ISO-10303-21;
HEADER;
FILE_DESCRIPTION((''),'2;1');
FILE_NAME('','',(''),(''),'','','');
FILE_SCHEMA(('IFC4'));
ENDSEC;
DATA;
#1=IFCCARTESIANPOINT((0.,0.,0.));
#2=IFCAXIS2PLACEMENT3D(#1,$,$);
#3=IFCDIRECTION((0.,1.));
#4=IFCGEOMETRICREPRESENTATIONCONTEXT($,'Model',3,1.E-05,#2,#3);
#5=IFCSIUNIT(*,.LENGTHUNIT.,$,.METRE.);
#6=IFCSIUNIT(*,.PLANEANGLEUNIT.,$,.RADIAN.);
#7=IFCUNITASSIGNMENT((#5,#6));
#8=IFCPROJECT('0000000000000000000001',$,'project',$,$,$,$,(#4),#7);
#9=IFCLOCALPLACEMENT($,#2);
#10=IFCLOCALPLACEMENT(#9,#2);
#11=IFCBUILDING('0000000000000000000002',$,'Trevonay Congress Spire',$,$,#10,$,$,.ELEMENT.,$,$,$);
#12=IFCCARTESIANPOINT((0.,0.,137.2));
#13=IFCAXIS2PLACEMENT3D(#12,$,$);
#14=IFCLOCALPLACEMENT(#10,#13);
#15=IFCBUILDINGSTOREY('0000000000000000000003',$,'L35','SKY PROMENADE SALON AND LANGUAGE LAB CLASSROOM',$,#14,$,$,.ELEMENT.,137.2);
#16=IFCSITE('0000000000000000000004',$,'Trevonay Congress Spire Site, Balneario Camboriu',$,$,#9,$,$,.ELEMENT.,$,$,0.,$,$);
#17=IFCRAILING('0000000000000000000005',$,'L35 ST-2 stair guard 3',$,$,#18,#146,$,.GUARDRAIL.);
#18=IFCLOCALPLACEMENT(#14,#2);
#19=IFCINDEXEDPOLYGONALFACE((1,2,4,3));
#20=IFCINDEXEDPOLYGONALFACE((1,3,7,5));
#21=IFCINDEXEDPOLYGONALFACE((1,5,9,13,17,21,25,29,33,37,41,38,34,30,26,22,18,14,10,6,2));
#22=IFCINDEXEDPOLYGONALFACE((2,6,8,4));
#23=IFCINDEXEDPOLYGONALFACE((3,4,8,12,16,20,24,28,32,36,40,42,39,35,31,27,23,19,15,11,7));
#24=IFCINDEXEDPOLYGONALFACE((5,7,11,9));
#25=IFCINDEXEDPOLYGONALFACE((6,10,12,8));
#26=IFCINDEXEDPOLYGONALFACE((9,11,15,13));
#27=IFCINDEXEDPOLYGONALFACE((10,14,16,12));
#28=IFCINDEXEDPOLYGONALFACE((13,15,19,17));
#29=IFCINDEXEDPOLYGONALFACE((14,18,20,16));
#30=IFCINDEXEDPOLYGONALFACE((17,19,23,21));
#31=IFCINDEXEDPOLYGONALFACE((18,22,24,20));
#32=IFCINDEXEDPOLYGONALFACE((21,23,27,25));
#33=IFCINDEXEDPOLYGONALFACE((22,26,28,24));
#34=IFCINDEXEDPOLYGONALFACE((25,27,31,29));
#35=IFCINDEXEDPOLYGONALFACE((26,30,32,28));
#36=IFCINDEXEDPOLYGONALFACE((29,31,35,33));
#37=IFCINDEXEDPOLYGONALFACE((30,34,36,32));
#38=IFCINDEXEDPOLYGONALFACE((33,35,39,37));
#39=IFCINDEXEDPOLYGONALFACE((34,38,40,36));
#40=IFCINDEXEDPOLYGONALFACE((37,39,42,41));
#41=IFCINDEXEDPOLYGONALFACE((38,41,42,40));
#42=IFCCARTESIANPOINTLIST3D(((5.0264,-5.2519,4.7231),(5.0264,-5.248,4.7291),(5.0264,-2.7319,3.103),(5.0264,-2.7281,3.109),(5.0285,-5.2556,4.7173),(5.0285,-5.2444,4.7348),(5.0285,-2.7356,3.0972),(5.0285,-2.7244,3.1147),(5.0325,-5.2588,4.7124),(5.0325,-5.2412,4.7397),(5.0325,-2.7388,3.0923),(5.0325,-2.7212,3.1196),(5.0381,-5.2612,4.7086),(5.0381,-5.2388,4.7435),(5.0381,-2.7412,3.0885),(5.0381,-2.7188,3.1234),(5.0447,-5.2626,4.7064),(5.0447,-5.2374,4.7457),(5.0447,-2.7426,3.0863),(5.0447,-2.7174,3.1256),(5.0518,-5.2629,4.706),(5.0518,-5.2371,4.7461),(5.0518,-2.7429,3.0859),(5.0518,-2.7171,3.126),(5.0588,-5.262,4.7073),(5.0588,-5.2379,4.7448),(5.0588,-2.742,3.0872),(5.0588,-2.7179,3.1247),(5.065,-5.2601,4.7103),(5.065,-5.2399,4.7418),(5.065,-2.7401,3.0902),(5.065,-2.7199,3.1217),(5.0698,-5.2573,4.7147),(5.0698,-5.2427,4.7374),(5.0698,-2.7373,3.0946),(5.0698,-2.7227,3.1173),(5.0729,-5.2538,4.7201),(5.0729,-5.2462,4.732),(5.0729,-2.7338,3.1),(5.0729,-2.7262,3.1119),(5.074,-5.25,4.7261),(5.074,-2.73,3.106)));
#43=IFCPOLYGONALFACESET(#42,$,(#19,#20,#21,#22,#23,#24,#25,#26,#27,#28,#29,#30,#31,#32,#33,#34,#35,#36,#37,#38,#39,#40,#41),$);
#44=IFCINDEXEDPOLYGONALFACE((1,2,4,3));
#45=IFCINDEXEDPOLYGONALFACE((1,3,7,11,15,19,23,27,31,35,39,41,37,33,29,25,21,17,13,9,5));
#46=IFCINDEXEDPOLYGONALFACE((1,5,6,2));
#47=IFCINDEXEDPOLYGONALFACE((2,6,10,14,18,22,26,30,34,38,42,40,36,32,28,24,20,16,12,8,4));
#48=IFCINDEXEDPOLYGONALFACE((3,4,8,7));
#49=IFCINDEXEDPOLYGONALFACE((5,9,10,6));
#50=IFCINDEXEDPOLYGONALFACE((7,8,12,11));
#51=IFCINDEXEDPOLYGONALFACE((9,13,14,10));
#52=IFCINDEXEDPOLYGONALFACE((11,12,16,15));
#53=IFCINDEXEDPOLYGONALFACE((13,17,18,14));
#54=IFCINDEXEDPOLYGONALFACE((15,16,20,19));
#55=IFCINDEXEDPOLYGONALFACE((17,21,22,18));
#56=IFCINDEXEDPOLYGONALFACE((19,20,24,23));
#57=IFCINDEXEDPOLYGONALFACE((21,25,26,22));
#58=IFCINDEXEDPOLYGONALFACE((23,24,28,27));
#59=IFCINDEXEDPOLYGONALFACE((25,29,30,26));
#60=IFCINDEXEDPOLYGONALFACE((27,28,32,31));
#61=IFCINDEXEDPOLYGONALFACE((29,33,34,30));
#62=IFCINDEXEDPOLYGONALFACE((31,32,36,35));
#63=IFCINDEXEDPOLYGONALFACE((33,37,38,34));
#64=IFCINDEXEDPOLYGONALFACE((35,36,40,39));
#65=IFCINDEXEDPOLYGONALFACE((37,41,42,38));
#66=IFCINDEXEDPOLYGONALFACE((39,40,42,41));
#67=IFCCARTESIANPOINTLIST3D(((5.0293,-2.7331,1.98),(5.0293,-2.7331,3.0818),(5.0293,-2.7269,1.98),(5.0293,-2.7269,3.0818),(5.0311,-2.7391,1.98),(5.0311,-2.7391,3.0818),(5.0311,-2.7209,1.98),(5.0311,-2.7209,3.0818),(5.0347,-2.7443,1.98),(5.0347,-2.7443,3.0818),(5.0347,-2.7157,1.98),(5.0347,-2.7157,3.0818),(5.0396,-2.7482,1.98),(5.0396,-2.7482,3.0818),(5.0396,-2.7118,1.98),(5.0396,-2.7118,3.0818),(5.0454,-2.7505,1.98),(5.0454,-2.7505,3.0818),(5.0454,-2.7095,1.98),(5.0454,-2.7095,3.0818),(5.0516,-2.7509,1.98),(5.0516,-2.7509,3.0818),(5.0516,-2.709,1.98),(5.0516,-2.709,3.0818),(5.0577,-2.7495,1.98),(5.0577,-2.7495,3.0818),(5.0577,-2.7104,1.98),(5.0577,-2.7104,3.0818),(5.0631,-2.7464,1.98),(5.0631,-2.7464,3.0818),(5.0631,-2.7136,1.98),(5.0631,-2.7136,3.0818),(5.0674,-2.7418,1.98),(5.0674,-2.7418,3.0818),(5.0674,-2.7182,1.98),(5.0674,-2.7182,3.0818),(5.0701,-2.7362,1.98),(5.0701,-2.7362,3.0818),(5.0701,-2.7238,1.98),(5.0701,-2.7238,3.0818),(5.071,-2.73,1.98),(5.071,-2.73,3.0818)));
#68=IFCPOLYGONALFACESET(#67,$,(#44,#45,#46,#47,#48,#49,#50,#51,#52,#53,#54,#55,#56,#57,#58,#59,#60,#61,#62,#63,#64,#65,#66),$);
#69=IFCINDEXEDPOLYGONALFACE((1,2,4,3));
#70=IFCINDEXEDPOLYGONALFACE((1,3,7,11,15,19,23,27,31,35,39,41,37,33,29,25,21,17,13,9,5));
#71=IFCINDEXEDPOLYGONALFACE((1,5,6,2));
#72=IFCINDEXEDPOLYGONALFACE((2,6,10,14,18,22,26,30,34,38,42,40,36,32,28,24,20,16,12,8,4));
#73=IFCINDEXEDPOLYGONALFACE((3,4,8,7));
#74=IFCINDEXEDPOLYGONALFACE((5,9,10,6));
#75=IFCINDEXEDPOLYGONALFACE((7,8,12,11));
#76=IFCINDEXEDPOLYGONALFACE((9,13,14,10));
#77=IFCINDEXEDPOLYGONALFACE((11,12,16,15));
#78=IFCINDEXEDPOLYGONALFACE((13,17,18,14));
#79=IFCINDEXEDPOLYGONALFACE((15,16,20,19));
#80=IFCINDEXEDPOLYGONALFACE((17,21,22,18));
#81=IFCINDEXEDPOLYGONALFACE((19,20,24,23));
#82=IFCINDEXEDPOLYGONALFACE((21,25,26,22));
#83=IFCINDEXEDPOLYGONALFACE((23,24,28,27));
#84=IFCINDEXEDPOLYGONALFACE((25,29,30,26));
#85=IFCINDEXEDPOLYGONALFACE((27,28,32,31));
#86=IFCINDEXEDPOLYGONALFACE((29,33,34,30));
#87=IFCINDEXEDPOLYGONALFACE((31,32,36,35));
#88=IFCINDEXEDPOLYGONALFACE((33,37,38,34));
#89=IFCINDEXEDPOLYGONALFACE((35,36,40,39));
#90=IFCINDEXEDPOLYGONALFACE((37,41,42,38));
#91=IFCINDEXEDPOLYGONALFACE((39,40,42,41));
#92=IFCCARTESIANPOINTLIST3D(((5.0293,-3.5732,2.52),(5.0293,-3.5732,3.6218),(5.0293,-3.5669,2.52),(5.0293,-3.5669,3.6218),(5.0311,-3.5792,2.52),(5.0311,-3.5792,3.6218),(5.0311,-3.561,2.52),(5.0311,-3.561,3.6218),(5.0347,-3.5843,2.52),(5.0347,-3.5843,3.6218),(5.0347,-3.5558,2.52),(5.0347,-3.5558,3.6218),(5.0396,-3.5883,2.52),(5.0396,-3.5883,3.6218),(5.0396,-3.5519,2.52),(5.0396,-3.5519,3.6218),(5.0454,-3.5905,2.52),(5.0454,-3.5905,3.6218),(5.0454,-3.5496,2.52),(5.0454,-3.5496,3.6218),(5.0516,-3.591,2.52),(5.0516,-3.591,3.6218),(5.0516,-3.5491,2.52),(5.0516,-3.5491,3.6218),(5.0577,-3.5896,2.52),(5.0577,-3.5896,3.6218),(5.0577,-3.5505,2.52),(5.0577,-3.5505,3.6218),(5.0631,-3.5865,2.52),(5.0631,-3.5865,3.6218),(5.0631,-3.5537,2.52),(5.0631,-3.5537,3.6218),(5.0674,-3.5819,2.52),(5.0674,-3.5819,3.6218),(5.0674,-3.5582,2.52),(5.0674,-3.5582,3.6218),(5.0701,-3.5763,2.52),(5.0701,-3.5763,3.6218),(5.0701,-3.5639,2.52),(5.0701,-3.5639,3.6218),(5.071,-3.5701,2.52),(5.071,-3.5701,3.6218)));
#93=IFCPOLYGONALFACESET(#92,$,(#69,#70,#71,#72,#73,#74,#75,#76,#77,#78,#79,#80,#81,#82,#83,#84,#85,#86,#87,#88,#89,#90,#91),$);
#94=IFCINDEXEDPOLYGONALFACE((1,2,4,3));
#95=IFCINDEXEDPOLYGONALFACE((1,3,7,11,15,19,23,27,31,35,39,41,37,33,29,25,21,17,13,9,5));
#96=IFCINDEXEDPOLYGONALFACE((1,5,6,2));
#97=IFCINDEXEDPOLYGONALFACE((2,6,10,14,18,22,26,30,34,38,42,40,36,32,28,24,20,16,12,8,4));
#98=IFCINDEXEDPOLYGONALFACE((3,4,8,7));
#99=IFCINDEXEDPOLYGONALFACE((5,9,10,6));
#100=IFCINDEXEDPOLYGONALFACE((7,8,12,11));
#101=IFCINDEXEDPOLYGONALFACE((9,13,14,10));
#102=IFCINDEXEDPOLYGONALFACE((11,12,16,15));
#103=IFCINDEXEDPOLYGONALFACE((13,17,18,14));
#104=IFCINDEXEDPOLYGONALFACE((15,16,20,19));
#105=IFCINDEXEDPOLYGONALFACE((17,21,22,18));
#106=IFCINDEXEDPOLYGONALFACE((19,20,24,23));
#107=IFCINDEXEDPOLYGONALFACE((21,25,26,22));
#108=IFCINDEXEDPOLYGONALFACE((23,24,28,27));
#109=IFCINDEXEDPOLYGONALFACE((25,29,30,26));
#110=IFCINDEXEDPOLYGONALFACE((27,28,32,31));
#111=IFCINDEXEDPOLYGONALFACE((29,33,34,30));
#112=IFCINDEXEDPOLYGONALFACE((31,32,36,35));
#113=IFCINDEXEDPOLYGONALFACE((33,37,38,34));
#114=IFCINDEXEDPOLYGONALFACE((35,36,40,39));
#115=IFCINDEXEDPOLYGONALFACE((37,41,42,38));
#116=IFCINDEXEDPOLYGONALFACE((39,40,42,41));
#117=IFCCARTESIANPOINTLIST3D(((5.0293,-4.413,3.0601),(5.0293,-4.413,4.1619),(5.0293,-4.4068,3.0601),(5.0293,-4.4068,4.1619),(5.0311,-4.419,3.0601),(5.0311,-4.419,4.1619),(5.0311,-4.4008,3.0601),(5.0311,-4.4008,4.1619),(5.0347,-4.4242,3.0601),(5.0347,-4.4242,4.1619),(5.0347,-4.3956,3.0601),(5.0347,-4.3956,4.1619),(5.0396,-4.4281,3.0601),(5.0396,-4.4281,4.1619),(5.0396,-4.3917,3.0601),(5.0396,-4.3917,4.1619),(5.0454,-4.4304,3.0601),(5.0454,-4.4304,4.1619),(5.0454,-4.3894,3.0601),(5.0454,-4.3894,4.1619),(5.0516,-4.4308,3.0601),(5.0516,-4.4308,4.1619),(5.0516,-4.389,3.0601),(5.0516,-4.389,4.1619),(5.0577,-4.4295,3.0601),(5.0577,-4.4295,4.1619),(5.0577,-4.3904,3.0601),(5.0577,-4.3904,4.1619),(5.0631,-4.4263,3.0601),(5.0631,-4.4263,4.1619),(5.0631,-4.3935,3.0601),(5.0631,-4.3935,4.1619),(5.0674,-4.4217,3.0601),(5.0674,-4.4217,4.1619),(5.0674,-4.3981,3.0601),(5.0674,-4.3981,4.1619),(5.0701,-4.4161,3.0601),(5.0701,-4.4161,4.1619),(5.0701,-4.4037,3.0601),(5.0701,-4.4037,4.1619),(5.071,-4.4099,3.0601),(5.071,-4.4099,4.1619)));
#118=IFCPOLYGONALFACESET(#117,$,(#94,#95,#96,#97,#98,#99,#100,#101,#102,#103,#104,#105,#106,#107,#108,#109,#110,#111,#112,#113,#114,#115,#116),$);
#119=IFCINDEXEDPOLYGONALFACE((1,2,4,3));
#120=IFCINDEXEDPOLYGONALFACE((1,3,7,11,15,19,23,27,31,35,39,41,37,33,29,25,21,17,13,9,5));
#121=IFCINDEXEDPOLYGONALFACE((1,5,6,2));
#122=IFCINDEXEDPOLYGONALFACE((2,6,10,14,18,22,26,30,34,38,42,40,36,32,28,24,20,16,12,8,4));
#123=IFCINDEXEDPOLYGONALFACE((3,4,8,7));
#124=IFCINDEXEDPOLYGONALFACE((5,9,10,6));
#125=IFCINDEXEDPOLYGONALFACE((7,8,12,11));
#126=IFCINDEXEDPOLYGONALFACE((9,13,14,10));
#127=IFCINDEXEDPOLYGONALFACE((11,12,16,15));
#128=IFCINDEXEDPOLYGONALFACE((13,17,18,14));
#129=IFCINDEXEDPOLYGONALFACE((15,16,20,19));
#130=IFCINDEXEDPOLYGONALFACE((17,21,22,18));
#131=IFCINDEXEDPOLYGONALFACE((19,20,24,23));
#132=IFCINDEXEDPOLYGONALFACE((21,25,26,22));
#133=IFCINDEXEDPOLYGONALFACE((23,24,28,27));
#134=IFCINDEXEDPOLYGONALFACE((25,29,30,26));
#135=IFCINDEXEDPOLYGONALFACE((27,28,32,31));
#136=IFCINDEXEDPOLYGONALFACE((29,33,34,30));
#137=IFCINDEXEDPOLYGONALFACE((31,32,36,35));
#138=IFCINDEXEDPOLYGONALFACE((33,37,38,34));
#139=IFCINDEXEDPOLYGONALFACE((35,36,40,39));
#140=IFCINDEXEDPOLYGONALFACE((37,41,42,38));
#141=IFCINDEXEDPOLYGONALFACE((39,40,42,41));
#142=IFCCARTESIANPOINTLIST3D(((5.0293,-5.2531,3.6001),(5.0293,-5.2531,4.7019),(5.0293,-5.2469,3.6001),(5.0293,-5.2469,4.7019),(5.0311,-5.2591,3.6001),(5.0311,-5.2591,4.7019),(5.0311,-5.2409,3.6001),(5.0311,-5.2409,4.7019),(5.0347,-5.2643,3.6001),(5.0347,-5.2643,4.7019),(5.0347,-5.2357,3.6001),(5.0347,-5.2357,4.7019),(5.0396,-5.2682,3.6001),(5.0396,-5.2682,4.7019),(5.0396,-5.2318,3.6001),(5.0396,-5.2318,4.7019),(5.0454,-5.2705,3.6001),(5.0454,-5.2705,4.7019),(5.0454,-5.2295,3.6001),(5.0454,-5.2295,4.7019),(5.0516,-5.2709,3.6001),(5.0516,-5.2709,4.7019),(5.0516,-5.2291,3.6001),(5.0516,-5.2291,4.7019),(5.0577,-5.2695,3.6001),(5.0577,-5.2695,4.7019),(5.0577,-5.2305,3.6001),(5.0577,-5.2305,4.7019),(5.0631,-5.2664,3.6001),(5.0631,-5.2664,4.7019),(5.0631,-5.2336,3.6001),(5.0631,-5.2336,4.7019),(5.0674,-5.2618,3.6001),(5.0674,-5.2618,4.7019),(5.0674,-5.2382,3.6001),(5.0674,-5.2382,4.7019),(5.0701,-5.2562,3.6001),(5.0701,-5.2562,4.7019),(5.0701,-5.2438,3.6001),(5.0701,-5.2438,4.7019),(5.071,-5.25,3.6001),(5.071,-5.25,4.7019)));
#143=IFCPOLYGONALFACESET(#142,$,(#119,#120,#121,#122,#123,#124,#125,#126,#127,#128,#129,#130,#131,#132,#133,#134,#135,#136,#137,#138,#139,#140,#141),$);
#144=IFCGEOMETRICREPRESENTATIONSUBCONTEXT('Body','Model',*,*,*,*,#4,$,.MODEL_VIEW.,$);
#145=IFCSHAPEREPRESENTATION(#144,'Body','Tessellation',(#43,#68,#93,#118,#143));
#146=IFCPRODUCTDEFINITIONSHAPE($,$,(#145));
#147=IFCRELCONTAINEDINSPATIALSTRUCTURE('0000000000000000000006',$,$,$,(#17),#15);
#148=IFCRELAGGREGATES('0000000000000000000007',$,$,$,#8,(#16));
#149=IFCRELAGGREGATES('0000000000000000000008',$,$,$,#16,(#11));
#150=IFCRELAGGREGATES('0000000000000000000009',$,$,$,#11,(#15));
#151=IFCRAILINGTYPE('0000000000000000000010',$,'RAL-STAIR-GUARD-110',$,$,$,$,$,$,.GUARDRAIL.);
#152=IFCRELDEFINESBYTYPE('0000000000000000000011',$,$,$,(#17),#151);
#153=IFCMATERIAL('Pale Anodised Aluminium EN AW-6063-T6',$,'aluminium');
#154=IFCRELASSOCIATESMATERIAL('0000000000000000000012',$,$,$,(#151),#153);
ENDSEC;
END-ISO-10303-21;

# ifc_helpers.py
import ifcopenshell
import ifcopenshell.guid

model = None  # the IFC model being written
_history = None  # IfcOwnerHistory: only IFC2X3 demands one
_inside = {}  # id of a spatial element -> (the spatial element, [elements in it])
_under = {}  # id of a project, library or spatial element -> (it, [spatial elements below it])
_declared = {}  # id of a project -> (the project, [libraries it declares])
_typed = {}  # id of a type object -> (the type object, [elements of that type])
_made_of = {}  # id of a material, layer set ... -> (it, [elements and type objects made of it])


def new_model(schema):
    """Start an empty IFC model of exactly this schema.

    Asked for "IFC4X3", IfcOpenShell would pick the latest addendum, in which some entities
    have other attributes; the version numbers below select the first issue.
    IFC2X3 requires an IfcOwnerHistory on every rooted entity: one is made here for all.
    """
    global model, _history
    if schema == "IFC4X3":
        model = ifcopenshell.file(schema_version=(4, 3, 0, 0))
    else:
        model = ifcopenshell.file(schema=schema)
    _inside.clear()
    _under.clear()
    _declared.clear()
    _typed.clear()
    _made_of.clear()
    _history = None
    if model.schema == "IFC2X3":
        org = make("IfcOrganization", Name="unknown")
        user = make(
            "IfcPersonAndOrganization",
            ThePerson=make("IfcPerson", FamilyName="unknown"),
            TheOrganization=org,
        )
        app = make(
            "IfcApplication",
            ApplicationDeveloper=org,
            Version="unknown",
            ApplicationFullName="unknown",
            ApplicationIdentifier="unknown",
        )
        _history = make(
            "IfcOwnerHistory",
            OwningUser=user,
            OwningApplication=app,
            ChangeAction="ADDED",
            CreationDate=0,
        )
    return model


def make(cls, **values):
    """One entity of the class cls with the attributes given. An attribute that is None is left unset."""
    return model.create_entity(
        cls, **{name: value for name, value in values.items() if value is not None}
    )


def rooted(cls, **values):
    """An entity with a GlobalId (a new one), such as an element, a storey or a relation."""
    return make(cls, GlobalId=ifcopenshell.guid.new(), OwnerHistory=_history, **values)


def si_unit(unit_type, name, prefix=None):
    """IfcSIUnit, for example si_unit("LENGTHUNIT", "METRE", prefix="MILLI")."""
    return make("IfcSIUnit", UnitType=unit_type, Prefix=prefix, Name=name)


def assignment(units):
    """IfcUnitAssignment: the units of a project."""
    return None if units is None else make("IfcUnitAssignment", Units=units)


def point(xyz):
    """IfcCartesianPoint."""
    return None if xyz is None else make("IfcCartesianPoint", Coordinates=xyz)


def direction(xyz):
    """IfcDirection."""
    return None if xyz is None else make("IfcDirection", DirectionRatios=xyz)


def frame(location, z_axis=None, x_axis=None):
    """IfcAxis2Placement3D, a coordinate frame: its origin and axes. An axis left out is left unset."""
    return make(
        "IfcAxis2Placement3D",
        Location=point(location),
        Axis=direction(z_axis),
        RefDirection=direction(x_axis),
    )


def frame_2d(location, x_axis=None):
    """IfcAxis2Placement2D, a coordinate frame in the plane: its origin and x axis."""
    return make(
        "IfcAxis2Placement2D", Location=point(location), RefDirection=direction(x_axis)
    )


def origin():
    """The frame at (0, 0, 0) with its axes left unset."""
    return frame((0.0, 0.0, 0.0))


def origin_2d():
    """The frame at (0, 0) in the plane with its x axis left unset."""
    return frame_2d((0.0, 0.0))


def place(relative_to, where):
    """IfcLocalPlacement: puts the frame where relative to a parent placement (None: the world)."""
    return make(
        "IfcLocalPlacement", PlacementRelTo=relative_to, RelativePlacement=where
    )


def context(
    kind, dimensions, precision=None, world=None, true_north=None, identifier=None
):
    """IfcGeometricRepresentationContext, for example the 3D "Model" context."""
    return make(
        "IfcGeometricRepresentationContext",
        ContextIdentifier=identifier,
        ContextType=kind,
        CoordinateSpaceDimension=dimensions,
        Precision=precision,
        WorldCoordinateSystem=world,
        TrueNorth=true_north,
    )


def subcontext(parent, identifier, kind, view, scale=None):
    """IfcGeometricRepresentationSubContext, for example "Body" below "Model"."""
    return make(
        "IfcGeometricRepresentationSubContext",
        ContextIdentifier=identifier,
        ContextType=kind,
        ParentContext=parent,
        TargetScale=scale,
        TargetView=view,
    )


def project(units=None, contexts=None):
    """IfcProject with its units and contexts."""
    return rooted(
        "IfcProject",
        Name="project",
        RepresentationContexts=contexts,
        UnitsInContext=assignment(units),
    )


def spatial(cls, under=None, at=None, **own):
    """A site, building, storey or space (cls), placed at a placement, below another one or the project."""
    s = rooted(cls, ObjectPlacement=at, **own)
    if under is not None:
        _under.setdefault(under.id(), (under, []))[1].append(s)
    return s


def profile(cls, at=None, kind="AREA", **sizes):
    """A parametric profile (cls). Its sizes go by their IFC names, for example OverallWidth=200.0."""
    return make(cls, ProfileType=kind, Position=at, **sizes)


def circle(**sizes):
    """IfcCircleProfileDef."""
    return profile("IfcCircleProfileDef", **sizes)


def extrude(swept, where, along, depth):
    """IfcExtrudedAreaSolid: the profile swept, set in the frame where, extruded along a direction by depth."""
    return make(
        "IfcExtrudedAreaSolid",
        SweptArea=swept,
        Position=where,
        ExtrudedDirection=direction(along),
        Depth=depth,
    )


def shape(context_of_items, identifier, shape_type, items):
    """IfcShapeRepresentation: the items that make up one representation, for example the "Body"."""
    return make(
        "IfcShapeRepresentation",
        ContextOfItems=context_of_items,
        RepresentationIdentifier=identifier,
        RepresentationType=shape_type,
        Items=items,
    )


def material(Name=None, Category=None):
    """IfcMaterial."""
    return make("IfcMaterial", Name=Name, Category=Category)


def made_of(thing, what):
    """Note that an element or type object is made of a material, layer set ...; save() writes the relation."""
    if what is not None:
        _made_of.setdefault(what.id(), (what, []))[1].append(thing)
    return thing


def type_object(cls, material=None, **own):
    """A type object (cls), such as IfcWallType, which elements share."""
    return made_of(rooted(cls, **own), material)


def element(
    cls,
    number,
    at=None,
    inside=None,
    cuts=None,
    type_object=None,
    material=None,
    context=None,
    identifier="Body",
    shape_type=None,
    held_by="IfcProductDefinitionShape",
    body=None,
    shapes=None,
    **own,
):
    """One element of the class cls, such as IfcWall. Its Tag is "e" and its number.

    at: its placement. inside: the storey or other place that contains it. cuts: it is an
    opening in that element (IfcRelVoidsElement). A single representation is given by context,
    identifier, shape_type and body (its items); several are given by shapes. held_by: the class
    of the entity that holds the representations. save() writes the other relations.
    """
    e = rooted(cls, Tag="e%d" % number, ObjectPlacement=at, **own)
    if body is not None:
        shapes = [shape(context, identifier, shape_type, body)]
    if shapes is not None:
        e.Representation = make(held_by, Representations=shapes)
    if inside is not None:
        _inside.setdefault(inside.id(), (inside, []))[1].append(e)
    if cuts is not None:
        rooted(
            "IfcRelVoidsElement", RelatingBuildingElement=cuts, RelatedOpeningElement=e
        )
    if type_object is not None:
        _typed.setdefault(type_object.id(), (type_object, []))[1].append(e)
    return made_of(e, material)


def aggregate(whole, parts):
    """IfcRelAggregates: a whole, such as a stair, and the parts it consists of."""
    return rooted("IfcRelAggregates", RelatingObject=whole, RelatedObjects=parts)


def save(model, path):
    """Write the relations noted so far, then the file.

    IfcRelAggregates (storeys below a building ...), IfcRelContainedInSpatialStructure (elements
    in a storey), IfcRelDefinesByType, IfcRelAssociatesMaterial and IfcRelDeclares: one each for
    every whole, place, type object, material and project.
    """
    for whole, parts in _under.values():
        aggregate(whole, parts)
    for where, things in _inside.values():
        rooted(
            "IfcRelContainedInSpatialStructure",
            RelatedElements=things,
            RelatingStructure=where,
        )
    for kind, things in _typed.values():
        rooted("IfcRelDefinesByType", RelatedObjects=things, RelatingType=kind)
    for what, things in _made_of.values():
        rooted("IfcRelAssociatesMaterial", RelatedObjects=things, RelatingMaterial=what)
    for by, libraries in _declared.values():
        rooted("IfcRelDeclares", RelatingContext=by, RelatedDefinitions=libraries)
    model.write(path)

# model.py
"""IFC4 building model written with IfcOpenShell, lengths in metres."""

from ifc_helpers import new_model, si_unit, direction, frame, origin, origin_2d, place, context, subcontext, project, spatial, circle, extrude, material, type_object, element, save


model = new_model("IFC4")

# Units and contexts
model_context = context("Model", 3, precision=1e-05, world=origin(), true_north=direction((0.0, 1.0)))
body_context = subcontext(model_context, "Body", "Model", "MODEL_VIEW")
ifc_project = project(units=[si_unit("LENGTHUNIT", "METRE"), si_unit("PLANEANGLEUNIT", "RADIAN")], contexts=[model_context])

# Site, building, storey
site_placement = place(None, origin())
site = spatial("IfcSite", under=ifc_project, at=site_placement, Name="Trevonay Congress Spire Site, Balneario Camboriu", CompositionType="ELEMENT", RefElevation=0.0)
building_placement = place(site_placement, origin())
building = spatial("IfcBuilding", under=site, at=building_placement, Name="Trevonay Congress Spire", CompositionType="ELEMENT")
storey_placement = place(building_placement, frame((0.0, 0.0, 137.2)))
storey = spatial("IfcBuildingStorey", under=building, at=storey_placement, Name="L35", Description="SKY PROMENADE SALON AND LANGUAGE LAB CLASSROOM", CompositionType="ELEMENT", Elevation=137.2)

# Railing
ifc_material_1 = material(Name="Pale Anodised Aluminium EN AW-6063-T6", Category="aluminium")
railing_type_1 = type_object("IfcRailingType", Name="RAL-STAIR-GUARD-110", PredefinedType="GUARDRAIL", material=ifc_material_1)
railing_1_placement = place(storey_placement, frame((5.05, -2.73, 1.98)))
element("IfcRailing", 1, at=railing_1_placement, inside=storey, type_object=railing_type_1, Name="L35 ST-2 stair guard 3", PredefinedType="GUARDRAIL", context=body_context, shape_type="SweptSolid", body=[
    extrude(circle(Radius=0.0239, at=origin_2d()), frame((0.0, 0.0, 1.126), z_axis=(0.0, -0.841163, 0.540782), x_axis=(1.0, 0.0, 0.0)), (0.0, 0.0, 1.0), 2.9958),
    extrude(circle(Radius=0.021, at=origin_2d()), origin(), (0.0, 0.0, 1.0), 1.1018),
    extrude(circle(Radius=0.021, at=origin_2d()), frame((0.0, -0.8401, 0.54)), (0.0, 0.0, 1.0), 1.1018),
    extrude(circle(Radius=0.021, at=origin_2d()), frame((0.0, -1.6799, 1.0801)), (0.0, 0.0, 1.0), 1.1018),
    extrude(circle(Radius=0.021, at=origin_2d()), frame((0.0, -2.52, 1.6201)), (0.0, 0.0, 1.0), 1.1018),
])

save(model, "model.ifc")
